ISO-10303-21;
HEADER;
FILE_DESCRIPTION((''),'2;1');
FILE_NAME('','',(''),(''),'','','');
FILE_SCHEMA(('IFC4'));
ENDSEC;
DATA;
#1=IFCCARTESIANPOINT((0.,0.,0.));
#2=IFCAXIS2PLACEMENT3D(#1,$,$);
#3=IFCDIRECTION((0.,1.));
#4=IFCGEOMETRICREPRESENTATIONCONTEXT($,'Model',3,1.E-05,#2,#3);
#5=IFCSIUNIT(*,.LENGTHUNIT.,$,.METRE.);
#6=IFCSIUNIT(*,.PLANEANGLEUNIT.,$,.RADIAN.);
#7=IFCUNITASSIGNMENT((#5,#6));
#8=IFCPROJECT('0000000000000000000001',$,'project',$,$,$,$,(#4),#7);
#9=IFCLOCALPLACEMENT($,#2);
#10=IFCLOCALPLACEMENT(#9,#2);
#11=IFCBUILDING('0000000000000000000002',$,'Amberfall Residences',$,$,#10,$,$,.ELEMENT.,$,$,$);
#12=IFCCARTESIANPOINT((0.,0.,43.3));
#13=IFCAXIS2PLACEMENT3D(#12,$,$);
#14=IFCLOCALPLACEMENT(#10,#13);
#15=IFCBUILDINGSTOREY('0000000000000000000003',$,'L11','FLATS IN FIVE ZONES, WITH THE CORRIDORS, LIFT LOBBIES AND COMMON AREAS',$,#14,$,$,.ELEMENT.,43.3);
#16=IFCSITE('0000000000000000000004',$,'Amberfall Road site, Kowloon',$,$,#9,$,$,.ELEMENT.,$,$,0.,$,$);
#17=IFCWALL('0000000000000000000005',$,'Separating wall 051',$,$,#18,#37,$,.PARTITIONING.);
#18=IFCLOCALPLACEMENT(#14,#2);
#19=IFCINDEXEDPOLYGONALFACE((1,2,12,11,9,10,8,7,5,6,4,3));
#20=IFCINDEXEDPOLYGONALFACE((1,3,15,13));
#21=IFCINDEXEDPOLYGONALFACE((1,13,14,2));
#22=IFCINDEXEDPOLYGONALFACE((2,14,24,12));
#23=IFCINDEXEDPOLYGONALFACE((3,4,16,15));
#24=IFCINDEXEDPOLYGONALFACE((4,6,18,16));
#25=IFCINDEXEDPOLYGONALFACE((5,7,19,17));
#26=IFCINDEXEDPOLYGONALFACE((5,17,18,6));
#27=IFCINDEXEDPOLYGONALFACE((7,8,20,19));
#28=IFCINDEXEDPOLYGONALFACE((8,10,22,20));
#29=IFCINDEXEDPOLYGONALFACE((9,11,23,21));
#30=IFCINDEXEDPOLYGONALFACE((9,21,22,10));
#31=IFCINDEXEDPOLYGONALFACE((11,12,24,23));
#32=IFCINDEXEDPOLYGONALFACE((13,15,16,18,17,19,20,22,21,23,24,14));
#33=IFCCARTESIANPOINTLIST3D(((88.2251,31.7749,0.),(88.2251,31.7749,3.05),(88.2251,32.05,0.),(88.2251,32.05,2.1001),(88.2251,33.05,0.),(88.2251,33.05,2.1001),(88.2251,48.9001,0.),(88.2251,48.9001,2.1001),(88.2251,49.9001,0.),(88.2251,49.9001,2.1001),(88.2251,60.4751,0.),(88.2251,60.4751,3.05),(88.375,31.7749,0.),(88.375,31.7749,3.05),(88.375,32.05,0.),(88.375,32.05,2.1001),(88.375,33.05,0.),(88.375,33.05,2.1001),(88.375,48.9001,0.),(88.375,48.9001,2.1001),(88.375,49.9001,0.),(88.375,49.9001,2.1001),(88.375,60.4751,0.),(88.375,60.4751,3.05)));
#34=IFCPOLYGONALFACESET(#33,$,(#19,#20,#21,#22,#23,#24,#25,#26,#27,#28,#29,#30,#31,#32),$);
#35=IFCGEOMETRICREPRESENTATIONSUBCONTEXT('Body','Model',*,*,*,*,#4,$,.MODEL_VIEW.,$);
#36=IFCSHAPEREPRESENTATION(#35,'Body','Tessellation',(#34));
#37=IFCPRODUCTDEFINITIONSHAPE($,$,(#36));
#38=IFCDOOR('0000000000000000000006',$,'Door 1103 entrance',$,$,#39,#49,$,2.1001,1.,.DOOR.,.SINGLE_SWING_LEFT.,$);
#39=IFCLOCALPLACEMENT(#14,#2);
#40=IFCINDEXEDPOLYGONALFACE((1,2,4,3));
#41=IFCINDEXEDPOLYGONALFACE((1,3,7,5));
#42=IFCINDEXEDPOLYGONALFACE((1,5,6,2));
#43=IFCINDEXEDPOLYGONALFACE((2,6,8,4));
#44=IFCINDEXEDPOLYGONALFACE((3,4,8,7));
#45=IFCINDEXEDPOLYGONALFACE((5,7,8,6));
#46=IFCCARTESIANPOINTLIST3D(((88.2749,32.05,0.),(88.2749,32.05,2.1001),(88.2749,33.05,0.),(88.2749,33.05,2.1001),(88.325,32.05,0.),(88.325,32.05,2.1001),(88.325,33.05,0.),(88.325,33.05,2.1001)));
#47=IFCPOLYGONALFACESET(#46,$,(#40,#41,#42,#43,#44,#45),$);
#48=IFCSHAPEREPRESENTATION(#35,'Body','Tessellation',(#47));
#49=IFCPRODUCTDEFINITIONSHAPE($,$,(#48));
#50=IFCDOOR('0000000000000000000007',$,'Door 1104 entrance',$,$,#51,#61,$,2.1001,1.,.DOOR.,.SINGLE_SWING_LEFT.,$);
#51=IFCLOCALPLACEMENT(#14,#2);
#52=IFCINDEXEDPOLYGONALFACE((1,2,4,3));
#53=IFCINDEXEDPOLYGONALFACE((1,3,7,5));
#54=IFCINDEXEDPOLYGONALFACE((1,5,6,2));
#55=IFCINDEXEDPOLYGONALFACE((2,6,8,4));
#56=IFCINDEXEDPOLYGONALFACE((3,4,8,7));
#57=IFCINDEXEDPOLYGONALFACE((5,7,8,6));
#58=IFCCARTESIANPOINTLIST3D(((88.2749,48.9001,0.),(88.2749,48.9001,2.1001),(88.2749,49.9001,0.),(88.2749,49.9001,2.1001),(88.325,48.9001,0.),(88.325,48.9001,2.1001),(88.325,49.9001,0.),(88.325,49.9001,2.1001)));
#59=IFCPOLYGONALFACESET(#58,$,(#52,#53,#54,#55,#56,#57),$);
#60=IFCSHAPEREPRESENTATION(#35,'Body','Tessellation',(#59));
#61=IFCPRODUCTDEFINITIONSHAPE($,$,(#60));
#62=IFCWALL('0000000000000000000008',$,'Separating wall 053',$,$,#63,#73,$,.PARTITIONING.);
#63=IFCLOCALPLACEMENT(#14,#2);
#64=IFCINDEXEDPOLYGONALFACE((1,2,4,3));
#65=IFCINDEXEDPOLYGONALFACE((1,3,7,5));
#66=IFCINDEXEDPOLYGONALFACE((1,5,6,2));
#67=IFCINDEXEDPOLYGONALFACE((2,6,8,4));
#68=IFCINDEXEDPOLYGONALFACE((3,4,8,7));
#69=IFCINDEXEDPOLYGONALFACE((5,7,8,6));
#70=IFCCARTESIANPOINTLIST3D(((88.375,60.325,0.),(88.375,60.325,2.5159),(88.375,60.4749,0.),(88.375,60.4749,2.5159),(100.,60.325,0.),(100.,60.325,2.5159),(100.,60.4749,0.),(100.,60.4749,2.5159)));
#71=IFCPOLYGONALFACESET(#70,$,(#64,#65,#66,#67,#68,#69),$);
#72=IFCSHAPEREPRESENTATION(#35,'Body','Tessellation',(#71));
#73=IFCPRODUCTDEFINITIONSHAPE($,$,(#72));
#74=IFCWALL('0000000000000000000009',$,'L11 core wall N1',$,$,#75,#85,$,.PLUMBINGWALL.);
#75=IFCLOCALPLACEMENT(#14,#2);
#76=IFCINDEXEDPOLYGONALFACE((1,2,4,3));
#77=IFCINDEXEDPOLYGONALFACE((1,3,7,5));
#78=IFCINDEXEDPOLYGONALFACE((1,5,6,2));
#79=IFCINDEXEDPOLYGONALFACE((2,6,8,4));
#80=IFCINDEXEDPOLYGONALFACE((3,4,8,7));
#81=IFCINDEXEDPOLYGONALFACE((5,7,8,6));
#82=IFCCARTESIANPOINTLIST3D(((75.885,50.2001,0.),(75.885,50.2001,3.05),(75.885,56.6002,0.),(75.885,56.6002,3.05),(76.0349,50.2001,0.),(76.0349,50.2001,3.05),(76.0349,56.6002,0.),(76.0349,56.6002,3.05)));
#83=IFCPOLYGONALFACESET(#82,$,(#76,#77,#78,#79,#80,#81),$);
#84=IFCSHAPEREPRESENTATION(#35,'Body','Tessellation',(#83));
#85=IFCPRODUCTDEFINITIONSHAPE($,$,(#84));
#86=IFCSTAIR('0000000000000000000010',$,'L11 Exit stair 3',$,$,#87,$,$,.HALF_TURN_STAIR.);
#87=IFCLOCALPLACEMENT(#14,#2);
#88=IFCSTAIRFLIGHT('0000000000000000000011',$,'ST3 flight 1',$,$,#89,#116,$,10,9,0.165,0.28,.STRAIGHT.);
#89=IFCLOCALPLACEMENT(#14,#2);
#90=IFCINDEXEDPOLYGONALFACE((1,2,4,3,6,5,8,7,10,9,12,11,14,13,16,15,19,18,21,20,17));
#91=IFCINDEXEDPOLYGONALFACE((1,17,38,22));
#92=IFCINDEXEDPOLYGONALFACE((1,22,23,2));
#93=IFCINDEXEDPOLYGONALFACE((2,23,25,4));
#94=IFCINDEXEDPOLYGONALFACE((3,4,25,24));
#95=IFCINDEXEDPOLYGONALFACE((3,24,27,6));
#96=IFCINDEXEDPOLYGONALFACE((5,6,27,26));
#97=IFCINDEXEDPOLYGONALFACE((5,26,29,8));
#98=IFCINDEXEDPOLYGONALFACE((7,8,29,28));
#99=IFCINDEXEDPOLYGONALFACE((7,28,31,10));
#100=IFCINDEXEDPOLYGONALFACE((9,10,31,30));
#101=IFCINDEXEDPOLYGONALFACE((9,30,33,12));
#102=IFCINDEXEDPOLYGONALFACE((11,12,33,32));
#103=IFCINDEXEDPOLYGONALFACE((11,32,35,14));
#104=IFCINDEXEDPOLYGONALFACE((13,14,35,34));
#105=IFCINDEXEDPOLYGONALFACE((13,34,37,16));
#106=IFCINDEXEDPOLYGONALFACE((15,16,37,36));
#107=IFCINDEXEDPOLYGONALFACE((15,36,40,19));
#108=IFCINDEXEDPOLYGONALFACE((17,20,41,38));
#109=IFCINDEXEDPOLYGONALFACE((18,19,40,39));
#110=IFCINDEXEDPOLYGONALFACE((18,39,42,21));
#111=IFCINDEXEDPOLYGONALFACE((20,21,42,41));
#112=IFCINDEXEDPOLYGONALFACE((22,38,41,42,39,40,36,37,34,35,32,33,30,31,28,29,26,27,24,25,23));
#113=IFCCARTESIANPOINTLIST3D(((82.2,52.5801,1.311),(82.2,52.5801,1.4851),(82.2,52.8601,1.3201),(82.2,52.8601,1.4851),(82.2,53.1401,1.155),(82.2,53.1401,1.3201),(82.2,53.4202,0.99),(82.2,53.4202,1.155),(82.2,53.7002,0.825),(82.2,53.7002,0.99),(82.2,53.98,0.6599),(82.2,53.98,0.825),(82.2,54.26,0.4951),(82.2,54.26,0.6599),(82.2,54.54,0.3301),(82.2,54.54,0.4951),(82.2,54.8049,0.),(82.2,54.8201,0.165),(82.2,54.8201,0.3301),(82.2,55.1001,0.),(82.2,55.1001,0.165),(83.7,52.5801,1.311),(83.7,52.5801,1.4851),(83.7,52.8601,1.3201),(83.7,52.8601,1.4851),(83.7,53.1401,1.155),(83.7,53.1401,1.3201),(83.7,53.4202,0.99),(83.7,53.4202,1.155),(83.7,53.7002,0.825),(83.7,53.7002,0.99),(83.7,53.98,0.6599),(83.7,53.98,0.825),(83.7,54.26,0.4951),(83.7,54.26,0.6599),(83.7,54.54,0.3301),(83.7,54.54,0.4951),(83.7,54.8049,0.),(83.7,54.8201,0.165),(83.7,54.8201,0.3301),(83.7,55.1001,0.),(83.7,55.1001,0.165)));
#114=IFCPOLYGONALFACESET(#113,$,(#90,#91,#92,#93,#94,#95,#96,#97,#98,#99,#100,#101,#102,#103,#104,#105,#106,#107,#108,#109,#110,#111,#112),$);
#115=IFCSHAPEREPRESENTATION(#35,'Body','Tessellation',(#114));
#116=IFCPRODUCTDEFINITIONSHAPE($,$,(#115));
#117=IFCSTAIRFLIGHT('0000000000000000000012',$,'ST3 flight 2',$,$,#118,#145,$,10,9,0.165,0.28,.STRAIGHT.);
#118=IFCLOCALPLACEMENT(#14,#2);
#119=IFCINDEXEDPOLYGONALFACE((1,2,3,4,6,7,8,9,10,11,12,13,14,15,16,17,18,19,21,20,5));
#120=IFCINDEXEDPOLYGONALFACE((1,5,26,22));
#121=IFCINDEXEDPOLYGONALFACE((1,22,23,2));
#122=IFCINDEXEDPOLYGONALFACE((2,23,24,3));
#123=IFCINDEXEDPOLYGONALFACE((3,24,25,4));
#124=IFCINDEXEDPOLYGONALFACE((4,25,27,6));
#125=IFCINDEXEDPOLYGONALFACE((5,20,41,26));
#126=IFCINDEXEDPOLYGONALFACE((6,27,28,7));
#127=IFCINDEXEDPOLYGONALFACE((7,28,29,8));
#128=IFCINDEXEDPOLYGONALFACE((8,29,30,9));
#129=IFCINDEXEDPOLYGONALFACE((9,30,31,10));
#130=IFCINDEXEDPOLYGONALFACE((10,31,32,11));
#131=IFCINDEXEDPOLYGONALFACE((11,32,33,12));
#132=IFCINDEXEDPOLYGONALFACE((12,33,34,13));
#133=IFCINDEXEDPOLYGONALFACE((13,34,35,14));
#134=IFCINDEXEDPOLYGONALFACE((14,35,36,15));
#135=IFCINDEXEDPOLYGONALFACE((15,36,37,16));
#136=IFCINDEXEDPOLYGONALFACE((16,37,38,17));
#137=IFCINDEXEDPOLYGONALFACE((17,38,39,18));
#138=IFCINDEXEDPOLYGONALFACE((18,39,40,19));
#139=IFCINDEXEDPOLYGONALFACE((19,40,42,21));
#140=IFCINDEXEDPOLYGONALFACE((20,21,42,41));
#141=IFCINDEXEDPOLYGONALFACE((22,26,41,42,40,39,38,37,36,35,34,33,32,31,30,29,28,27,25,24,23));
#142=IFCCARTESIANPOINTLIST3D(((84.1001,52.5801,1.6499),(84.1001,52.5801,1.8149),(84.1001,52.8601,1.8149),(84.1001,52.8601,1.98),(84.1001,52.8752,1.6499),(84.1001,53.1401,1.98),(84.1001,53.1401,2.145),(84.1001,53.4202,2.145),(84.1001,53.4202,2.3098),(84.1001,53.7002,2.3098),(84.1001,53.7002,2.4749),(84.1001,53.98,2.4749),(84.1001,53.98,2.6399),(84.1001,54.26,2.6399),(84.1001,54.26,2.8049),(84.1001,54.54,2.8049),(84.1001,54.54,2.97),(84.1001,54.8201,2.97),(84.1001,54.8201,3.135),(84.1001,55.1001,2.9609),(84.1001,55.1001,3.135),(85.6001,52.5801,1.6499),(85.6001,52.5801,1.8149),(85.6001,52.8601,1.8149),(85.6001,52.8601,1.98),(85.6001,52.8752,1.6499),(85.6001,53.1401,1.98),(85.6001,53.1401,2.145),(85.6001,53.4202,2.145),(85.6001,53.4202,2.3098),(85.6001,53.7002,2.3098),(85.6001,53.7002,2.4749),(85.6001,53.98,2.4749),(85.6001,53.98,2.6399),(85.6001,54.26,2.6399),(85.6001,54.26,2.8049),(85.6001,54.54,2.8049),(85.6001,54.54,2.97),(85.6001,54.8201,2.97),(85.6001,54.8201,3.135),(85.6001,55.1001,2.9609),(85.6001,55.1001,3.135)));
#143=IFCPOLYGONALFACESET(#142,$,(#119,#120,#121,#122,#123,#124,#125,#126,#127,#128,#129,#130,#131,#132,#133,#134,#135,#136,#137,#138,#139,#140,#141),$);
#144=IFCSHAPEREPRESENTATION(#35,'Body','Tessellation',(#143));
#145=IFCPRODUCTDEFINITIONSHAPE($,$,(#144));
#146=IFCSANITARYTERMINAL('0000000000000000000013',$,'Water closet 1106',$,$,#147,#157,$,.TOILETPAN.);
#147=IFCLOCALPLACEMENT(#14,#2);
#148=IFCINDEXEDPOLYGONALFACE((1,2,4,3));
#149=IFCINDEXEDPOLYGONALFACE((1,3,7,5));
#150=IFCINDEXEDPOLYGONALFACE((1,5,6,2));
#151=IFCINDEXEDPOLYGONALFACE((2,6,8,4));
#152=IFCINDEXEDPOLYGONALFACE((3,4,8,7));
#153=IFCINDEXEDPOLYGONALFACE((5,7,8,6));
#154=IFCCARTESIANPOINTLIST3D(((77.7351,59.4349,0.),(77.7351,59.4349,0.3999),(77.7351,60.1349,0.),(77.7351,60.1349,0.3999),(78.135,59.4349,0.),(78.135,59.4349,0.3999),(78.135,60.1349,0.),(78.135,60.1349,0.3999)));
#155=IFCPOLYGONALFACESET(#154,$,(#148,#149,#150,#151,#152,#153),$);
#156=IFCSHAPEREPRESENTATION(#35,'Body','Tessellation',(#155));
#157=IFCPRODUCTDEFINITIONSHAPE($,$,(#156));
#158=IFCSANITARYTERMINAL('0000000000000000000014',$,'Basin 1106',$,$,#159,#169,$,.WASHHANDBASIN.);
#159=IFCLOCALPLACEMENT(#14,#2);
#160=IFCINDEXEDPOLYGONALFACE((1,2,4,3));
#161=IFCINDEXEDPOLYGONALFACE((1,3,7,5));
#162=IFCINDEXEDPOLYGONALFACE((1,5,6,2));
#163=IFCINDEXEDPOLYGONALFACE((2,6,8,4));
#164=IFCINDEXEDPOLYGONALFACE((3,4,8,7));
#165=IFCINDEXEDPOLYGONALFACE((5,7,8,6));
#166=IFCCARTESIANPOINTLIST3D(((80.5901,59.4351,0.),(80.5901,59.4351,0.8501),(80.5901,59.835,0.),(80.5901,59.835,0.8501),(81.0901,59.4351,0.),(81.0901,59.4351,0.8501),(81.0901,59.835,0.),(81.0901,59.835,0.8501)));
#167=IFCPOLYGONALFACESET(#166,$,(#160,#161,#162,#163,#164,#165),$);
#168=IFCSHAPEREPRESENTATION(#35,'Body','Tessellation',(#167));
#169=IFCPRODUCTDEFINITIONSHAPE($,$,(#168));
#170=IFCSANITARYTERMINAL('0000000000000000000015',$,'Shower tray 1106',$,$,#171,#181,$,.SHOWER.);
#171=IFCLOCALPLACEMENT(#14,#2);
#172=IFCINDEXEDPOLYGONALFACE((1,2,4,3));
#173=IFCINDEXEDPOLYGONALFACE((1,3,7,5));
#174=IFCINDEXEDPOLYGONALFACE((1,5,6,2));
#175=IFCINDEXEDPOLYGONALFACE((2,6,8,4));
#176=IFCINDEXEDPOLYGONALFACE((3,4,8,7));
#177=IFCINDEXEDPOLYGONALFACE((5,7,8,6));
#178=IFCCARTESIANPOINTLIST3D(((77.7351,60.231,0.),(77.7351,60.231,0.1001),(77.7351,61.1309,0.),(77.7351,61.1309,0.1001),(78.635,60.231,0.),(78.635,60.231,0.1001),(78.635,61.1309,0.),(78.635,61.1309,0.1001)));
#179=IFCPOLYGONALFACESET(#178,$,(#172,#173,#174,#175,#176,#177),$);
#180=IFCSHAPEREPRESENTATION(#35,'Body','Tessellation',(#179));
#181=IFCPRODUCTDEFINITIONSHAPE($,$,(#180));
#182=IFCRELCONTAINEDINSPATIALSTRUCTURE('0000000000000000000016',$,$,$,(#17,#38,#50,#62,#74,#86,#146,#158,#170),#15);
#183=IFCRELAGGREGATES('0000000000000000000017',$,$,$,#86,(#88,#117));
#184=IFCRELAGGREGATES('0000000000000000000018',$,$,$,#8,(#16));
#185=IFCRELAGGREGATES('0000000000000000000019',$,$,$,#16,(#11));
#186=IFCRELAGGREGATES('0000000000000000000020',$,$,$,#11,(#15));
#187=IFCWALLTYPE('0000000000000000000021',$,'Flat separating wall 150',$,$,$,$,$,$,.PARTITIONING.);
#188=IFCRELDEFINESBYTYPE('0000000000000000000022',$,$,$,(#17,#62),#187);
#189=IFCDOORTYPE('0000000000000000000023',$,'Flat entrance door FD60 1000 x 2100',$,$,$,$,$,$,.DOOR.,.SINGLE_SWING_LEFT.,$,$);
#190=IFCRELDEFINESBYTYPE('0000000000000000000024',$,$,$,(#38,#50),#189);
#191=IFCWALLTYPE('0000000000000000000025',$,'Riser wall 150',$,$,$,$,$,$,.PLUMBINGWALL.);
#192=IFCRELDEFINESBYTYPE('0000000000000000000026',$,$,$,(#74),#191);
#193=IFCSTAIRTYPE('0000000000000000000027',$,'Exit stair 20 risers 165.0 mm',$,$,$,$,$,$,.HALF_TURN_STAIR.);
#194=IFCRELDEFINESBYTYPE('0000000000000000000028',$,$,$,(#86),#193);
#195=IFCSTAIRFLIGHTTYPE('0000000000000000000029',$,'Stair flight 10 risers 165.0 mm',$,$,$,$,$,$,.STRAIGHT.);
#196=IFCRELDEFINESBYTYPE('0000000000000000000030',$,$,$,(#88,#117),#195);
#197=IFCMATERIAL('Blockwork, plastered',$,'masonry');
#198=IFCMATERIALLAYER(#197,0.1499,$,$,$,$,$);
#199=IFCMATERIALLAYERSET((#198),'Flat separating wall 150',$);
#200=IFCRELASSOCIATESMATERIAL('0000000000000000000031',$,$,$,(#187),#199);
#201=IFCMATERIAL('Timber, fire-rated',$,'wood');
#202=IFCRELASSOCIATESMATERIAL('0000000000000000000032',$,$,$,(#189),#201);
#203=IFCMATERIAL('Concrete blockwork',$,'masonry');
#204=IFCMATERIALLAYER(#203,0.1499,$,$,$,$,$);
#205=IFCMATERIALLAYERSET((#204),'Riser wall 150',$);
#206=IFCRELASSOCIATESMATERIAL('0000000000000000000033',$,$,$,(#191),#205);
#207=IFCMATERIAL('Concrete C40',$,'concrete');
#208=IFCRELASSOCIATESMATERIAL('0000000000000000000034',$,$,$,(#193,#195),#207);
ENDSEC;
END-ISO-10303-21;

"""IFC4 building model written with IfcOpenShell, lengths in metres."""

from ifc_helpers import new_model, si_unit, direction, frame, frame_2d, origin, origin_2d, place, context, subcontext, project, spatial, polyline, rectangle, outline, extrude, material, layer, layer_set, type_object, element, fill, aggregate, save


model = new_model("IFC4")

# Units and contexts
model_context = context("Model", 3, precision=1e-05, world=origin(), true_north=direction((0.0, 1.0)))
body_context = subcontext(model_context, "Body", "Model", "MODEL_VIEW")
ifc_project = project(units=[si_unit("LENGTHUNIT", "METRE"), si_unit("PLANEANGLEUNIT", "RADIAN")], contexts=[model_context])

# Site, building, storey
site_placement = place(None, origin())
site = spatial("IfcSite", under=ifc_project, at=site_placement, Name="Amberfall Road site, Kowloon", CompositionType="ELEMENT", RefElevation=0.0)
building_placement = place(site_placement, origin())
building = spatial("IfcBuilding", under=site, at=building_placement, Name="Amberfall Residences", CompositionType="ELEMENT")
storey_placement = place(building_placement, frame((0.0, 0.0, 43.3)))
storey = spatial("IfcBuildingStorey", under=building, at=storey_placement, Name="L11", Description="FLATS IN FIVE ZONES, WITH THE CORRIDORS, LIFT LOBBIES AND COMMON AREAS", CompositionType="ELEMENT", Elevation=43.3)

# Shared definitions
ifc_material_1 = material(Name="Blockwork, plastered", Category="masonry")
ifc_layer_1 = layer(ifc_material_1, 0.1499)
ifc_layer_set_1 = layer_set([ifc_layer_1], Name="Flat separating wall 150")
wall_type_1 = type_object("IfcWallType", Name="Flat separating wall 150", PredefinedType="PARTITIONING", material=ifc_layer_set_1)

# Wall, openings, doors
wall_1_placement = place(storey_placement, frame((88.3, 60.4751, 0.0), z_axis=(0.0, 0.0, 1.0), x_axis=(0.0, -1.0, 0.0)))
wall_1 = element("IfcWall", 1, at=wall_1_placement, inside=storey, type_object=wall_type_1, Name="Separating wall 051", PredefinedType="PARTITIONING", context=body_context, shape_type="SweptSolid", body=[
    extrude(rectangle(XDim=28.7002, YDim=0.1499, at=frame_2d((14.3501, 0.0))), origin(), (0.0, 0.0, 1.0), 3.05),
])
opening_1_placement = place(wall_1_placement, frame((27.425, 0.0, 0.0)))
opening_1 = element("IfcOpeningElement", 2, at=opening_1_placement, cuts=wall_1, PredefinedType="OPENING", context=body_context, shape_type="SweptSolid", body=[
    extrude(rectangle(XDim=1.0, YDim=2.1001, at=frame_2d((0.5, 1.05))), frame((0.0, 0.085, 0.0), z_axis=(0.0, -1.0, 0.0), x_axis=(1.0, 0.0, 0.0)), (0.0, 0.0, 1.0), 0.1699),
])
opening_2_placement = place(wall_1_placement, frame((10.575, 0.0, 0.0)))
opening_2 = element("IfcOpeningElement", 3, at=opening_2_placement, cuts=wall_1, PredefinedType="OPENING", context=body_context, shape_type="SweptSolid", body=[
    extrude(rectangle(XDim=1.0, YDim=2.1001, at=frame_2d((0.5, 1.05))), frame((0.0, 0.085, 0.0), z_axis=(0.0, -1.0, 0.0), x_axis=(1.0, 0.0, 0.0)), (0.0, 0.0, 1.0), 0.1699),
])
ifc_material_2 = material(Name="Timber, fire-rated", Category="wood")
door_type_1 = type_object("IfcDoorType", Name="Flat entrance door FD60 1000 x 2100", OperationType="SINGLE_SWING_LEFT", PredefinedType="DOOR", material=ifc_material_2)
door_1_placement = place(opening_1_placement, origin())
door_1 = element("IfcDoor", 4, at=door_1_placement, inside=storey, type_object=door_type_1, Name="Door 1103 entrance", OperationType="SINGLE_SWING_LEFT", OverallHeight=2.1001, OverallWidth=1.0, PredefinedType="DOOR", context=body_context, shape_type="SweptSolid", body=[
    extrude(rectangle(XDim=1.0, YDim=2.1001, at=frame_2d((0.5, 1.05))), frame((0.0, 0.0249, 0.0), z_axis=(0.0, -1.0, 0.0), x_axis=(1.0, 0.0, 0.0)), (0.0, 0.0, 1.0), 0.05),
])
fill(opening_1, door_1)
door_2_placement = place(opening_2_placement, origin())
door_2 = element("IfcDoor", 5, at=door_2_placement, inside=storey, type_object=door_type_1, Name="Door 1104 entrance", OperationType="SINGLE_SWING_LEFT", OverallHeight=2.1001, OverallWidth=1.0, PredefinedType="DOOR", context=body_context, shape_type="SweptSolid", body=[
    extrude(rectangle(XDim=1.0, YDim=2.1001, at=frame_2d((0.5, 1.05))), frame((0.0, 0.0249, 0.0), z_axis=(0.0, -1.0, 0.0), x_axis=(1.0, 0.0, 0.0)), (0.0, 0.0, 1.0), 0.05),
])
fill(opening_2, door_2)

# Walls
wall_2_placement = place(storey_placement, frame((88.375, 60.3999, 0.0), z_axis=(0.0, 0.0, 1.0), x_axis=(1.0, 0.0, 0.0)))
element("IfcWall", 6, at=wall_2_placement, inside=storey, type_object=wall_type_1, Name="Separating wall 053", PredefinedType="PARTITIONING", context=body_context, shape_type="SweptSolid", body=[
    extrude(rectangle(XDim=11.625, YDim=0.1499, at=frame_2d((5.8125, 0.0))), origin(), (0.0, 0.0, 1.0), 2.5159),
])
ifc_material_3 = material(Name="Concrete blockwork", Category="masonry")
ifc_layer_2 = layer(ifc_material_3, 0.1499)
ifc_layer_set_2 = layer_set([ifc_layer_2], Name="Riser wall 150")
wall_type_2 = type_object("IfcWallType", Name="Riser wall 150", PredefinedType="PLUMBINGWALL", material=ifc_layer_set_2)
wall_3_placement = place(storey_placement, frame((75.96, 50.2, 0.0), z_axis=(0.0, 0.0, 1.0), x_axis=(0.0, 1.0, 0.0)))
element("IfcWall", 7, at=wall_3_placement, inside=storey, type_object=wall_type_2, Name="L11 core wall N1", PredefinedType="PLUMBINGWALL", context=body_context, shape_type="SweptSolid", body=[
    extrude(rectangle(XDim=6.4001, YDim=0.1499, at=frame_2d((3.2002, 0.0))), origin(), (0.0, 0.0, 1.0), 3.05),
])

# Stair, stair flights
ifc_material_4 = material(Name="Concrete C40", Category="concrete")
stair_type = type_object("IfcStairType", Name="Exit stair 20 risers 165.0 mm", PredefinedType="HALF_TURN_STAIR", material=ifc_material_4)
stair_placement = place(storey_placement, origin())
stair = element("IfcStair", 8, at=stair_placement, inside=storey, type_object=stair_type, Name="L11 Exit stair 3", PredefinedType="HALF_TURN_STAIR")
stair_flight_type = type_object("IfcStairFlightType", Name="Stair flight 10 risers 165.0 mm", PredefinedType="STRAIGHT", material=ifc_material_4)
stair_flight_1_placement = place(storey_placement, frame((82.95, 55.1001, 0.0), z_axis=(0.0, 0.0, 1.0), x_axis=(0.0, -1.0, 0.0)))
stair_flight_1 = element("IfcStairFlight", 9, at=stair_flight_1_placement, type_object=stair_flight_type, Name="ST3 flight 1", NumberOfRisers=10, NumberOfTreads=9, PredefinedType="STRAIGHT", RiserHeight=0.165, TreadLength=0.28, context=body_context, shape_type="SweptSolid", body=[
    extrude(outline(polyline([(0.0, 0.0), (0.0, 0.165), (0.28, 0.165), (0.28, 0.3301), (0.5601, 0.3301), (0.5601, 0.4951), (0.8401, 0.4951), (0.8401, 0.6599), (1.1201, 0.6599), (1.1201, 0.825), (1.3999, 0.825), (1.3999, 0.99), (1.6799, 0.99), (1.6799, 1.155), (1.96, 1.155), (1.96, 1.3201), (2.24, 1.3201), (2.24, 1.4851), (2.52, 1.4851), (2.52, 1.6499), (2.52, 1.311), (0.2952, 0.0), (0.0, 0.0)])), frame((0.0, 0.75, 0.0), z_axis=(0.0, -1.0, 0.0), x_axis=(1.0, 0.0, 0.0)), (0.0, 0.0, 1.0), 1.5),
])
stair_flight_2_placement = place(storey_placement, frame((84.8501, 52.5801, 1.6499), z_axis=(0.0, 0.0, 1.0), x_axis=(0.0, 1.0, 0.0)))
stair_flight_2 = element("IfcStairFlight", 10, at=stair_flight_2_placement, type_object=stair_flight_type, Name="ST3 flight 2", NumberOfRisers=10, NumberOfTreads=9, PredefinedType="STRAIGHT", RiserHeight=0.165, TreadLength=0.28, context=body_context, shape_type="SweptSolid", body=[
    extrude(outline(polyline([(0.0, 0.0), (0.0, 0.165), (0.28, 0.165), (0.28, 0.3301), (0.5601, 0.3301), (0.5601, 0.4951), (0.8401, 0.4951), (0.8401, 0.6599), (1.1201, 0.6599), (1.1201, 0.825), (1.3999, 0.825), (1.3999, 0.99), (1.6799, 0.99), (1.6799, 1.155), (1.96, 1.155), (1.96, 1.3201), (2.24, 1.3201), (2.24, 1.4851), (2.52, 1.4851), (2.52, 1.6499), (2.52, 1.311), (0.2952, 0.0), (0.0, 0.0)])), frame((0.0, 0.75, 0.0), z_axis=(0.0, -1.0, 0.0), x_axis=(1.0, 0.0, 0.0)), (0.0, 0.0, 1.0), 1.5),
])
aggregate(stair, [stair_flight_1, stair_flight_2])

# Sanitary terminals
sanitary_terminal_1_placement = place(storey_placement, frame((77.9351, 59.7849, 0.0), z_axis=(0.0, 0.0, 1.0), x_axis=(1.0, 0.0, 0.0)))
element("IfcSanitaryTerminal", 11, at=sanitary_terminal_1_placement, inside=storey, Name="Water closet 1106", PredefinedType="TOILETPAN", context=body_context, shape_type="SweptSolid", body=[
    extrude(rectangle(XDim=0.3999, YDim=0.7, at=origin_2d()), origin(), (0.0, 0.0, 1.0), 0.3999),
])
sanitary_terminal_2_placement = place(storey_placement, frame((80.8401, 59.635, 0.0), z_axis=(0.0, 0.0, 1.0), x_axis=(1.0, 0.0, 0.0)))
element("IfcSanitaryTerminal", 12, at=sanitary_terminal_2_placement, inside=storey, Name="Basin 1106", PredefinedType="WASHHANDBASIN", context=body_context, shape_type="SweptSolid", body=[
    extrude(rectangle(XDim=0.5, YDim=0.3999, at=origin_2d()), origin(), (0.0, 0.0, 1.0), 0.8501),
])
sanitary_terminal_3_placement = place(storey_placement, frame((78.1851, 60.6809, 0.0), z_axis=(0.0, 0.0, 1.0), x_axis=(1.0, 0.0, 0.0)))
element("IfcSanitaryTerminal", 13, at=sanitary_terminal_3_placement, inside=storey, Name="Shower tray 1106", PredefinedType="SHOWER", context=body_context, shape_type="SweptSolid", body=[
    extrude(rectangle(XDim=0.8999, YDim=0.8999, at=origin_2d()), origin(), (0.0, 0.0, 1.0), 0.1001),
])

save(model, "model.ifc")
